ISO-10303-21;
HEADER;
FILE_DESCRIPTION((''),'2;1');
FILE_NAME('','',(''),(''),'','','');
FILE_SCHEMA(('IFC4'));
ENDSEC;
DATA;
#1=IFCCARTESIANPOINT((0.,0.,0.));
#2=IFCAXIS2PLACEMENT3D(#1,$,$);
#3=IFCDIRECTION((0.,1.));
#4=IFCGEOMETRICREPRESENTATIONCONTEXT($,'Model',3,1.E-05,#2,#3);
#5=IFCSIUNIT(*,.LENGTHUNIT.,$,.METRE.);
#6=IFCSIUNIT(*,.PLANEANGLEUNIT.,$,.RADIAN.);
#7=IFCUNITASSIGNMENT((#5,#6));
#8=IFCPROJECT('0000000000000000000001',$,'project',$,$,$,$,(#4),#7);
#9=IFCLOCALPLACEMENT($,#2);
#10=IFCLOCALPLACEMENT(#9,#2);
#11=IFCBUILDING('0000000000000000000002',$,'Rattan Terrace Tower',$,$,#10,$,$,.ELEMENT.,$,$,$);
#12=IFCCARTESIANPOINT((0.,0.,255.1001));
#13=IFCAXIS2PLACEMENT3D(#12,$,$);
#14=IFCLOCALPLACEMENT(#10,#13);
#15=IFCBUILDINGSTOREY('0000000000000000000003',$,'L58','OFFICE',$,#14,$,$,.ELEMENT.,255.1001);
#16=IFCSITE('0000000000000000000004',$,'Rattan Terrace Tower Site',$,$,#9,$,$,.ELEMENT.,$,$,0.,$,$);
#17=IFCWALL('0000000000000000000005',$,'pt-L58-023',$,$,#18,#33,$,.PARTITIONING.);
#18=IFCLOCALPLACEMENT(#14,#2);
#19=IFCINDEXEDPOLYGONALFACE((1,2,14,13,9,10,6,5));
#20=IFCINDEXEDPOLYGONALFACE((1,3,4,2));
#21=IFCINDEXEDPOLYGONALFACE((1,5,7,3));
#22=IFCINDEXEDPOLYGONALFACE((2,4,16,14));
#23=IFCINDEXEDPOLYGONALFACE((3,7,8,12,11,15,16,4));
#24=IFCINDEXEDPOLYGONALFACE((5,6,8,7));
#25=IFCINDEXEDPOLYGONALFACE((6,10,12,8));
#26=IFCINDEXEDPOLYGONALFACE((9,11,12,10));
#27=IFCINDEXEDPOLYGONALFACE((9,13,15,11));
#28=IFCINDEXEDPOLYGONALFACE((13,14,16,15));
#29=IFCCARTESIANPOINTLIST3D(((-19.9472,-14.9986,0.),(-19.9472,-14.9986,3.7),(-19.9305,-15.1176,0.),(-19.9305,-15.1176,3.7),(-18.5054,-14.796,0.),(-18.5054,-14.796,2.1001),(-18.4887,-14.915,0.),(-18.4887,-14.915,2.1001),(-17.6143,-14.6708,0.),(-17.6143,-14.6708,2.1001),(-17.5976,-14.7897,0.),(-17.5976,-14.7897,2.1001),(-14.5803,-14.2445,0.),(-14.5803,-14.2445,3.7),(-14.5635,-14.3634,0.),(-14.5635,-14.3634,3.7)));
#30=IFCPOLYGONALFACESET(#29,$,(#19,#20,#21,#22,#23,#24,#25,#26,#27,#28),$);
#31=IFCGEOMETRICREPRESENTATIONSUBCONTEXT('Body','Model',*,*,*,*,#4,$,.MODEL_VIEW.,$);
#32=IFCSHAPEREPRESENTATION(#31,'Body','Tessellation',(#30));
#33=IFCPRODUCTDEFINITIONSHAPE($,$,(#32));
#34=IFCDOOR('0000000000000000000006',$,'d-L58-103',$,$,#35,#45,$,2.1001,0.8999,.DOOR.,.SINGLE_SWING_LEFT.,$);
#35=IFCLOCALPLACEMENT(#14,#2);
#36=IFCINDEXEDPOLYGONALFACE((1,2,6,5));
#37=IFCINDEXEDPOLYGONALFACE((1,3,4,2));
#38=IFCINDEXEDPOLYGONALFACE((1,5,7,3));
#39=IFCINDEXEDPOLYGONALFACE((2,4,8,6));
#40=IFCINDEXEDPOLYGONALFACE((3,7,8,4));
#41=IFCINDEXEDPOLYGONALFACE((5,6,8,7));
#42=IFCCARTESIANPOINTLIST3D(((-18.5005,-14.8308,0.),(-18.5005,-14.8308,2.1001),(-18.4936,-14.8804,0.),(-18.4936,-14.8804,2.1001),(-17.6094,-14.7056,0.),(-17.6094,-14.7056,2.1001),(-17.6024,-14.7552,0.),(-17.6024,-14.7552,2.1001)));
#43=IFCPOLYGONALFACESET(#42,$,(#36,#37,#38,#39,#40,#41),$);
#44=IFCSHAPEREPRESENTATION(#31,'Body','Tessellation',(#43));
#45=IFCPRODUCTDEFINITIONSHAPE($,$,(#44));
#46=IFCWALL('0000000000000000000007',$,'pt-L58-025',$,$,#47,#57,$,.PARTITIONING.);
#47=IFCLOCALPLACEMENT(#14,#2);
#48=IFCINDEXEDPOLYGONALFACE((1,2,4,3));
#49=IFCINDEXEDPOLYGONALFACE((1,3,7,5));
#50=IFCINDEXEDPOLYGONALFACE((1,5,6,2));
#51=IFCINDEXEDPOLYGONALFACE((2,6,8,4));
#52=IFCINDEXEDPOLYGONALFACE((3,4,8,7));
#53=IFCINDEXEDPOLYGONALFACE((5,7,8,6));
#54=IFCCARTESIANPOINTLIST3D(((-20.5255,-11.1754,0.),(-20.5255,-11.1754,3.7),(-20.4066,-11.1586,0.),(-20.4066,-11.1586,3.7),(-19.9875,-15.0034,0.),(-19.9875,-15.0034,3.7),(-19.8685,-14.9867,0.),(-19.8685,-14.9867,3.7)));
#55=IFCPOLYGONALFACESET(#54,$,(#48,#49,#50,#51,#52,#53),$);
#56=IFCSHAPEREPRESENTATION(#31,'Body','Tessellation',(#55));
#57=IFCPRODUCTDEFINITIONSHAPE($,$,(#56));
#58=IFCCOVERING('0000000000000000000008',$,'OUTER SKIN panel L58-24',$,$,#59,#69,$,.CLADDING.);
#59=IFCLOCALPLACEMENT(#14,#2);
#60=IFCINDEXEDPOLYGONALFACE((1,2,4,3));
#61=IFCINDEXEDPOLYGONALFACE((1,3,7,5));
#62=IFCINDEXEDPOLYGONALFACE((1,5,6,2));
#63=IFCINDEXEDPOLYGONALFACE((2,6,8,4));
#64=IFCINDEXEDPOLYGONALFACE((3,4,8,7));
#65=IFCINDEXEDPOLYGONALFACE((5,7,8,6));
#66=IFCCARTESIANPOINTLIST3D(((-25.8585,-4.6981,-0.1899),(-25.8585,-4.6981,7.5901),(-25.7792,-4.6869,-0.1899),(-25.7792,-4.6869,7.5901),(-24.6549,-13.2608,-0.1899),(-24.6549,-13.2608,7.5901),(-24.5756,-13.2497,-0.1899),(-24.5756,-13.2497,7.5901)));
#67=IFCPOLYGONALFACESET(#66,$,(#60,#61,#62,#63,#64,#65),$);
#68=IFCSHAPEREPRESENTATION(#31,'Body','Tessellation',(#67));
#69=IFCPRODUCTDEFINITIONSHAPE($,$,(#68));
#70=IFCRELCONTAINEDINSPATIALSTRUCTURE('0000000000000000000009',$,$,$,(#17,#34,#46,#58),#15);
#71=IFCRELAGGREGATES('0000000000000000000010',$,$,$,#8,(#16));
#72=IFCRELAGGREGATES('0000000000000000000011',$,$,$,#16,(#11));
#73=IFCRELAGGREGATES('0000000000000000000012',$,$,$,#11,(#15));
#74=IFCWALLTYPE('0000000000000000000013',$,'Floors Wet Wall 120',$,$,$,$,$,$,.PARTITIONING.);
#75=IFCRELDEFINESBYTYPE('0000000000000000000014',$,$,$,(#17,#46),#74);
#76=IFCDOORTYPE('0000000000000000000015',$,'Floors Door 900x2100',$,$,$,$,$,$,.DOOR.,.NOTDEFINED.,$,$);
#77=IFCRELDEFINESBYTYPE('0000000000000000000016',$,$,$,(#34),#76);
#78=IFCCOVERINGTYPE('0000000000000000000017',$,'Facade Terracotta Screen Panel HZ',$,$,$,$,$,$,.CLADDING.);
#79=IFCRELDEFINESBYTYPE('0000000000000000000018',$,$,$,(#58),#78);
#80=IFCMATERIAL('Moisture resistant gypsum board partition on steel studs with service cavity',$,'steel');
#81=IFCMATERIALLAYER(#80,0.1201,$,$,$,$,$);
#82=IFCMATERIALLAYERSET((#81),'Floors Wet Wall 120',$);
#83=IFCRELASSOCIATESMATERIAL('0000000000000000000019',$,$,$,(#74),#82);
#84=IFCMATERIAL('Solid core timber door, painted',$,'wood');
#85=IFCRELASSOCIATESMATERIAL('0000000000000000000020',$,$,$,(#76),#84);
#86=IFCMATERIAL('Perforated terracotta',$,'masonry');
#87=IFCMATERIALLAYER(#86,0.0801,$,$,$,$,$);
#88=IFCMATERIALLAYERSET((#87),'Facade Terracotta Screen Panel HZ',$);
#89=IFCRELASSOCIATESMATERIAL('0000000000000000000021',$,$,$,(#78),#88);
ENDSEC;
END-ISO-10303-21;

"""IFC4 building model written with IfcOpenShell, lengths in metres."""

from ifc_helpers import new_model, si_unit, direction, frame, frame_2d, origin, origin_2d, place, context, subcontext, project, spatial, rectangle, extrude, material, layer, layer_set, type_object, element, fill, save


model = new_model("IFC4")

# Units and contexts
model_context = context("Model", 3, precision=1e-05, world=origin(), true_north=direction((0.0, 1.0)))
body_context = subcontext(model_context, "Body", "Model", "MODEL_VIEW")
ifc_project = project(units=[si_unit("LENGTHUNIT", "METRE"), si_unit("PLANEANGLEUNIT", "RADIAN")], contexts=[model_context])

# Site, building, storey
site_placement = place(None, origin())
site = spatial("IfcSite", under=ifc_project, at=site_placement, Name="Rattan Terrace Tower Site", CompositionType="ELEMENT", RefElevation=0.0)
building_placement = place(site_placement, origin())
building = spatial("IfcBuilding", under=site, at=building_placement, Name="Rattan Terrace Tower", CompositionType="ELEMENT")
storey_placement = place(building_placement, frame((0.0, 0.0, 255.1001)))
storey = spatial("IfcBuildingStorey", under=building, at=storey_placement, Name="L58", Description="OFFICE", CompositionType="ELEMENT", Elevation=255.1001)

# Wall, opening, door
ifc_material_1 = material(Name="Moisture resistant gypsum board partition on steel studs with service cavity", Category="steel")
ifc_layer_1 = layer(ifc_material_1, 0.1201)
ifc_layer_set_1 = layer_set([ifc_layer_1], Name="Floors Wet Wall 120")
wall_type_1 = type_object("IfcWallType", Name="Floors Wet Wall 120", PredefinedType="PARTITIONING", material=ifc_layer_set_1)
wall_1_placement = place(storey_placement, frame((-19.939, -15.0581, 0.0), z_axis=(0.0, 0.0, 1.0), x_axis=(0.990271, 0.139151, 0.0)))
wall_1 = element("IfcWall", 1, at=wall_1_placement, inside=storey, type_object=wall_type_1, Name="pt-L58-023", PredefinedType="PARTITIONING", context=body_context, shape_type="SweptSolid", body=[
    extrude(rectangle(XDim=5.4197, YDim=0.1201, at=frame_2d((2.71, 0.0))), origin(), (0.0, 0.0, 1.0), 3.7),
])
opening_1_placement = place(wall_1_placement, frame((1.4561, 0.0, 0.0)))
opening_1 = element("IfcOpeningElement", 2, at=opening_1_placement, cuts=wall_1, PredefinedType="OPENING", context=body_context, shape_type="SweptSolid", body=[
    extrude(rectangle(XDim=0.8999, YDim=2.1001, at=frame_2d((0.45, 1.05))), frame((0.0, 0.0706, 0.0), z_axis=(0.0, -1.0, 0.0), x_axis=(1.0, 0.0, 0.0)), (0.0, 0.0, 1.0), 0.1411),
])
ifc_material_2 = material(Name="Solid core timber door, painted", Category="wood")
door_type_1 = type_object("IfcDoorType", Name="Floors Door 900x2100", OperationType="NOTDEFINED", PredefinedType="DOOR", material=ifc_material_2)
door_1_placement = place(opening_1_placement, origin())
door_1 = element("IfcDoor", 3, at=door_1_placement, inside=storey, type_object=door_type_1, Name="d-L58-103", OperationType="SINGLE_SWING_LEFT", OverallHeight=2.1001, OverallWidth=0.8999, PredefinedType="DOOR", context=body_context, shape_type="SweptSolid", body=[
    extrude(rectangle(XDim=0.8999, YDim=2.1001, at=frame_2d((0.45, 1.05))), frame((0.0, 0.0249, 0.0), z_axis=(0.0, -1.0, 0.0), x_axis=(1.0, 0.0, 0.0)), (0.0, 0.0, 1.0), 0.05),
])
fill(opening_1, door_1)

# Wall
wall_2_placement = place(storey_placement, frame((-20.4661, -11.167, 0.0), z_axis=(0.0, 0.0, 1.0), x_axis=(0.139193, -0.990265, 0.0)))
element("IfcWall", 4, at=wall_2_placement, inside=storey, type_object=wall_type_1, Name="pt-L58-025", PredefinedType="PARTITIONING", context=body_context, shape_type="SweptSolid", body=[
    extrude(rectangle(XDim=3.8657, YDim=0.1201, at=frame_2d((1.9329, 0.0))), origin(), (0.0, 0.0, 1.0), 3.7),
])

# Covering
ifc_material_3 = material(Name="Perforated terracotta", Category="masonry")
ifc_layer_2 = layer(ifc_material_3, 0.0801)
ifc_layer_set_2 = layer_set([ifc_layer_2], Name="Facade Terracotta Screen Panel HZ")
covering_type = type_object("IfcCoveringType", Name="Facade Terracotta Screen Panel HZ", PredefinedType="CLADDING", material=ifc_layer_set_2)
covering_placement = place(storey_placement, frame((-25.217, -8.9739, -0.1899), z_axis=(0.0, 0.0, 1.0), x_axis=(0.139192, -0.990265, 0.0)))
element("IfcCovering", 5, at=covering_placement, inside=storey, type_object=covering_type, Name="OUTER SKIN panel L58-24", PredefinedType="CLADDING", context=body_context, shape_type="SweptSolid", body=[
    extrude(rectangle(XDim=8.647, YDim=0.0801, at=origin_2d()), origin(), (0.0, 0.0, 1.0), 7.78),
])

save(model, "model.ifc")
